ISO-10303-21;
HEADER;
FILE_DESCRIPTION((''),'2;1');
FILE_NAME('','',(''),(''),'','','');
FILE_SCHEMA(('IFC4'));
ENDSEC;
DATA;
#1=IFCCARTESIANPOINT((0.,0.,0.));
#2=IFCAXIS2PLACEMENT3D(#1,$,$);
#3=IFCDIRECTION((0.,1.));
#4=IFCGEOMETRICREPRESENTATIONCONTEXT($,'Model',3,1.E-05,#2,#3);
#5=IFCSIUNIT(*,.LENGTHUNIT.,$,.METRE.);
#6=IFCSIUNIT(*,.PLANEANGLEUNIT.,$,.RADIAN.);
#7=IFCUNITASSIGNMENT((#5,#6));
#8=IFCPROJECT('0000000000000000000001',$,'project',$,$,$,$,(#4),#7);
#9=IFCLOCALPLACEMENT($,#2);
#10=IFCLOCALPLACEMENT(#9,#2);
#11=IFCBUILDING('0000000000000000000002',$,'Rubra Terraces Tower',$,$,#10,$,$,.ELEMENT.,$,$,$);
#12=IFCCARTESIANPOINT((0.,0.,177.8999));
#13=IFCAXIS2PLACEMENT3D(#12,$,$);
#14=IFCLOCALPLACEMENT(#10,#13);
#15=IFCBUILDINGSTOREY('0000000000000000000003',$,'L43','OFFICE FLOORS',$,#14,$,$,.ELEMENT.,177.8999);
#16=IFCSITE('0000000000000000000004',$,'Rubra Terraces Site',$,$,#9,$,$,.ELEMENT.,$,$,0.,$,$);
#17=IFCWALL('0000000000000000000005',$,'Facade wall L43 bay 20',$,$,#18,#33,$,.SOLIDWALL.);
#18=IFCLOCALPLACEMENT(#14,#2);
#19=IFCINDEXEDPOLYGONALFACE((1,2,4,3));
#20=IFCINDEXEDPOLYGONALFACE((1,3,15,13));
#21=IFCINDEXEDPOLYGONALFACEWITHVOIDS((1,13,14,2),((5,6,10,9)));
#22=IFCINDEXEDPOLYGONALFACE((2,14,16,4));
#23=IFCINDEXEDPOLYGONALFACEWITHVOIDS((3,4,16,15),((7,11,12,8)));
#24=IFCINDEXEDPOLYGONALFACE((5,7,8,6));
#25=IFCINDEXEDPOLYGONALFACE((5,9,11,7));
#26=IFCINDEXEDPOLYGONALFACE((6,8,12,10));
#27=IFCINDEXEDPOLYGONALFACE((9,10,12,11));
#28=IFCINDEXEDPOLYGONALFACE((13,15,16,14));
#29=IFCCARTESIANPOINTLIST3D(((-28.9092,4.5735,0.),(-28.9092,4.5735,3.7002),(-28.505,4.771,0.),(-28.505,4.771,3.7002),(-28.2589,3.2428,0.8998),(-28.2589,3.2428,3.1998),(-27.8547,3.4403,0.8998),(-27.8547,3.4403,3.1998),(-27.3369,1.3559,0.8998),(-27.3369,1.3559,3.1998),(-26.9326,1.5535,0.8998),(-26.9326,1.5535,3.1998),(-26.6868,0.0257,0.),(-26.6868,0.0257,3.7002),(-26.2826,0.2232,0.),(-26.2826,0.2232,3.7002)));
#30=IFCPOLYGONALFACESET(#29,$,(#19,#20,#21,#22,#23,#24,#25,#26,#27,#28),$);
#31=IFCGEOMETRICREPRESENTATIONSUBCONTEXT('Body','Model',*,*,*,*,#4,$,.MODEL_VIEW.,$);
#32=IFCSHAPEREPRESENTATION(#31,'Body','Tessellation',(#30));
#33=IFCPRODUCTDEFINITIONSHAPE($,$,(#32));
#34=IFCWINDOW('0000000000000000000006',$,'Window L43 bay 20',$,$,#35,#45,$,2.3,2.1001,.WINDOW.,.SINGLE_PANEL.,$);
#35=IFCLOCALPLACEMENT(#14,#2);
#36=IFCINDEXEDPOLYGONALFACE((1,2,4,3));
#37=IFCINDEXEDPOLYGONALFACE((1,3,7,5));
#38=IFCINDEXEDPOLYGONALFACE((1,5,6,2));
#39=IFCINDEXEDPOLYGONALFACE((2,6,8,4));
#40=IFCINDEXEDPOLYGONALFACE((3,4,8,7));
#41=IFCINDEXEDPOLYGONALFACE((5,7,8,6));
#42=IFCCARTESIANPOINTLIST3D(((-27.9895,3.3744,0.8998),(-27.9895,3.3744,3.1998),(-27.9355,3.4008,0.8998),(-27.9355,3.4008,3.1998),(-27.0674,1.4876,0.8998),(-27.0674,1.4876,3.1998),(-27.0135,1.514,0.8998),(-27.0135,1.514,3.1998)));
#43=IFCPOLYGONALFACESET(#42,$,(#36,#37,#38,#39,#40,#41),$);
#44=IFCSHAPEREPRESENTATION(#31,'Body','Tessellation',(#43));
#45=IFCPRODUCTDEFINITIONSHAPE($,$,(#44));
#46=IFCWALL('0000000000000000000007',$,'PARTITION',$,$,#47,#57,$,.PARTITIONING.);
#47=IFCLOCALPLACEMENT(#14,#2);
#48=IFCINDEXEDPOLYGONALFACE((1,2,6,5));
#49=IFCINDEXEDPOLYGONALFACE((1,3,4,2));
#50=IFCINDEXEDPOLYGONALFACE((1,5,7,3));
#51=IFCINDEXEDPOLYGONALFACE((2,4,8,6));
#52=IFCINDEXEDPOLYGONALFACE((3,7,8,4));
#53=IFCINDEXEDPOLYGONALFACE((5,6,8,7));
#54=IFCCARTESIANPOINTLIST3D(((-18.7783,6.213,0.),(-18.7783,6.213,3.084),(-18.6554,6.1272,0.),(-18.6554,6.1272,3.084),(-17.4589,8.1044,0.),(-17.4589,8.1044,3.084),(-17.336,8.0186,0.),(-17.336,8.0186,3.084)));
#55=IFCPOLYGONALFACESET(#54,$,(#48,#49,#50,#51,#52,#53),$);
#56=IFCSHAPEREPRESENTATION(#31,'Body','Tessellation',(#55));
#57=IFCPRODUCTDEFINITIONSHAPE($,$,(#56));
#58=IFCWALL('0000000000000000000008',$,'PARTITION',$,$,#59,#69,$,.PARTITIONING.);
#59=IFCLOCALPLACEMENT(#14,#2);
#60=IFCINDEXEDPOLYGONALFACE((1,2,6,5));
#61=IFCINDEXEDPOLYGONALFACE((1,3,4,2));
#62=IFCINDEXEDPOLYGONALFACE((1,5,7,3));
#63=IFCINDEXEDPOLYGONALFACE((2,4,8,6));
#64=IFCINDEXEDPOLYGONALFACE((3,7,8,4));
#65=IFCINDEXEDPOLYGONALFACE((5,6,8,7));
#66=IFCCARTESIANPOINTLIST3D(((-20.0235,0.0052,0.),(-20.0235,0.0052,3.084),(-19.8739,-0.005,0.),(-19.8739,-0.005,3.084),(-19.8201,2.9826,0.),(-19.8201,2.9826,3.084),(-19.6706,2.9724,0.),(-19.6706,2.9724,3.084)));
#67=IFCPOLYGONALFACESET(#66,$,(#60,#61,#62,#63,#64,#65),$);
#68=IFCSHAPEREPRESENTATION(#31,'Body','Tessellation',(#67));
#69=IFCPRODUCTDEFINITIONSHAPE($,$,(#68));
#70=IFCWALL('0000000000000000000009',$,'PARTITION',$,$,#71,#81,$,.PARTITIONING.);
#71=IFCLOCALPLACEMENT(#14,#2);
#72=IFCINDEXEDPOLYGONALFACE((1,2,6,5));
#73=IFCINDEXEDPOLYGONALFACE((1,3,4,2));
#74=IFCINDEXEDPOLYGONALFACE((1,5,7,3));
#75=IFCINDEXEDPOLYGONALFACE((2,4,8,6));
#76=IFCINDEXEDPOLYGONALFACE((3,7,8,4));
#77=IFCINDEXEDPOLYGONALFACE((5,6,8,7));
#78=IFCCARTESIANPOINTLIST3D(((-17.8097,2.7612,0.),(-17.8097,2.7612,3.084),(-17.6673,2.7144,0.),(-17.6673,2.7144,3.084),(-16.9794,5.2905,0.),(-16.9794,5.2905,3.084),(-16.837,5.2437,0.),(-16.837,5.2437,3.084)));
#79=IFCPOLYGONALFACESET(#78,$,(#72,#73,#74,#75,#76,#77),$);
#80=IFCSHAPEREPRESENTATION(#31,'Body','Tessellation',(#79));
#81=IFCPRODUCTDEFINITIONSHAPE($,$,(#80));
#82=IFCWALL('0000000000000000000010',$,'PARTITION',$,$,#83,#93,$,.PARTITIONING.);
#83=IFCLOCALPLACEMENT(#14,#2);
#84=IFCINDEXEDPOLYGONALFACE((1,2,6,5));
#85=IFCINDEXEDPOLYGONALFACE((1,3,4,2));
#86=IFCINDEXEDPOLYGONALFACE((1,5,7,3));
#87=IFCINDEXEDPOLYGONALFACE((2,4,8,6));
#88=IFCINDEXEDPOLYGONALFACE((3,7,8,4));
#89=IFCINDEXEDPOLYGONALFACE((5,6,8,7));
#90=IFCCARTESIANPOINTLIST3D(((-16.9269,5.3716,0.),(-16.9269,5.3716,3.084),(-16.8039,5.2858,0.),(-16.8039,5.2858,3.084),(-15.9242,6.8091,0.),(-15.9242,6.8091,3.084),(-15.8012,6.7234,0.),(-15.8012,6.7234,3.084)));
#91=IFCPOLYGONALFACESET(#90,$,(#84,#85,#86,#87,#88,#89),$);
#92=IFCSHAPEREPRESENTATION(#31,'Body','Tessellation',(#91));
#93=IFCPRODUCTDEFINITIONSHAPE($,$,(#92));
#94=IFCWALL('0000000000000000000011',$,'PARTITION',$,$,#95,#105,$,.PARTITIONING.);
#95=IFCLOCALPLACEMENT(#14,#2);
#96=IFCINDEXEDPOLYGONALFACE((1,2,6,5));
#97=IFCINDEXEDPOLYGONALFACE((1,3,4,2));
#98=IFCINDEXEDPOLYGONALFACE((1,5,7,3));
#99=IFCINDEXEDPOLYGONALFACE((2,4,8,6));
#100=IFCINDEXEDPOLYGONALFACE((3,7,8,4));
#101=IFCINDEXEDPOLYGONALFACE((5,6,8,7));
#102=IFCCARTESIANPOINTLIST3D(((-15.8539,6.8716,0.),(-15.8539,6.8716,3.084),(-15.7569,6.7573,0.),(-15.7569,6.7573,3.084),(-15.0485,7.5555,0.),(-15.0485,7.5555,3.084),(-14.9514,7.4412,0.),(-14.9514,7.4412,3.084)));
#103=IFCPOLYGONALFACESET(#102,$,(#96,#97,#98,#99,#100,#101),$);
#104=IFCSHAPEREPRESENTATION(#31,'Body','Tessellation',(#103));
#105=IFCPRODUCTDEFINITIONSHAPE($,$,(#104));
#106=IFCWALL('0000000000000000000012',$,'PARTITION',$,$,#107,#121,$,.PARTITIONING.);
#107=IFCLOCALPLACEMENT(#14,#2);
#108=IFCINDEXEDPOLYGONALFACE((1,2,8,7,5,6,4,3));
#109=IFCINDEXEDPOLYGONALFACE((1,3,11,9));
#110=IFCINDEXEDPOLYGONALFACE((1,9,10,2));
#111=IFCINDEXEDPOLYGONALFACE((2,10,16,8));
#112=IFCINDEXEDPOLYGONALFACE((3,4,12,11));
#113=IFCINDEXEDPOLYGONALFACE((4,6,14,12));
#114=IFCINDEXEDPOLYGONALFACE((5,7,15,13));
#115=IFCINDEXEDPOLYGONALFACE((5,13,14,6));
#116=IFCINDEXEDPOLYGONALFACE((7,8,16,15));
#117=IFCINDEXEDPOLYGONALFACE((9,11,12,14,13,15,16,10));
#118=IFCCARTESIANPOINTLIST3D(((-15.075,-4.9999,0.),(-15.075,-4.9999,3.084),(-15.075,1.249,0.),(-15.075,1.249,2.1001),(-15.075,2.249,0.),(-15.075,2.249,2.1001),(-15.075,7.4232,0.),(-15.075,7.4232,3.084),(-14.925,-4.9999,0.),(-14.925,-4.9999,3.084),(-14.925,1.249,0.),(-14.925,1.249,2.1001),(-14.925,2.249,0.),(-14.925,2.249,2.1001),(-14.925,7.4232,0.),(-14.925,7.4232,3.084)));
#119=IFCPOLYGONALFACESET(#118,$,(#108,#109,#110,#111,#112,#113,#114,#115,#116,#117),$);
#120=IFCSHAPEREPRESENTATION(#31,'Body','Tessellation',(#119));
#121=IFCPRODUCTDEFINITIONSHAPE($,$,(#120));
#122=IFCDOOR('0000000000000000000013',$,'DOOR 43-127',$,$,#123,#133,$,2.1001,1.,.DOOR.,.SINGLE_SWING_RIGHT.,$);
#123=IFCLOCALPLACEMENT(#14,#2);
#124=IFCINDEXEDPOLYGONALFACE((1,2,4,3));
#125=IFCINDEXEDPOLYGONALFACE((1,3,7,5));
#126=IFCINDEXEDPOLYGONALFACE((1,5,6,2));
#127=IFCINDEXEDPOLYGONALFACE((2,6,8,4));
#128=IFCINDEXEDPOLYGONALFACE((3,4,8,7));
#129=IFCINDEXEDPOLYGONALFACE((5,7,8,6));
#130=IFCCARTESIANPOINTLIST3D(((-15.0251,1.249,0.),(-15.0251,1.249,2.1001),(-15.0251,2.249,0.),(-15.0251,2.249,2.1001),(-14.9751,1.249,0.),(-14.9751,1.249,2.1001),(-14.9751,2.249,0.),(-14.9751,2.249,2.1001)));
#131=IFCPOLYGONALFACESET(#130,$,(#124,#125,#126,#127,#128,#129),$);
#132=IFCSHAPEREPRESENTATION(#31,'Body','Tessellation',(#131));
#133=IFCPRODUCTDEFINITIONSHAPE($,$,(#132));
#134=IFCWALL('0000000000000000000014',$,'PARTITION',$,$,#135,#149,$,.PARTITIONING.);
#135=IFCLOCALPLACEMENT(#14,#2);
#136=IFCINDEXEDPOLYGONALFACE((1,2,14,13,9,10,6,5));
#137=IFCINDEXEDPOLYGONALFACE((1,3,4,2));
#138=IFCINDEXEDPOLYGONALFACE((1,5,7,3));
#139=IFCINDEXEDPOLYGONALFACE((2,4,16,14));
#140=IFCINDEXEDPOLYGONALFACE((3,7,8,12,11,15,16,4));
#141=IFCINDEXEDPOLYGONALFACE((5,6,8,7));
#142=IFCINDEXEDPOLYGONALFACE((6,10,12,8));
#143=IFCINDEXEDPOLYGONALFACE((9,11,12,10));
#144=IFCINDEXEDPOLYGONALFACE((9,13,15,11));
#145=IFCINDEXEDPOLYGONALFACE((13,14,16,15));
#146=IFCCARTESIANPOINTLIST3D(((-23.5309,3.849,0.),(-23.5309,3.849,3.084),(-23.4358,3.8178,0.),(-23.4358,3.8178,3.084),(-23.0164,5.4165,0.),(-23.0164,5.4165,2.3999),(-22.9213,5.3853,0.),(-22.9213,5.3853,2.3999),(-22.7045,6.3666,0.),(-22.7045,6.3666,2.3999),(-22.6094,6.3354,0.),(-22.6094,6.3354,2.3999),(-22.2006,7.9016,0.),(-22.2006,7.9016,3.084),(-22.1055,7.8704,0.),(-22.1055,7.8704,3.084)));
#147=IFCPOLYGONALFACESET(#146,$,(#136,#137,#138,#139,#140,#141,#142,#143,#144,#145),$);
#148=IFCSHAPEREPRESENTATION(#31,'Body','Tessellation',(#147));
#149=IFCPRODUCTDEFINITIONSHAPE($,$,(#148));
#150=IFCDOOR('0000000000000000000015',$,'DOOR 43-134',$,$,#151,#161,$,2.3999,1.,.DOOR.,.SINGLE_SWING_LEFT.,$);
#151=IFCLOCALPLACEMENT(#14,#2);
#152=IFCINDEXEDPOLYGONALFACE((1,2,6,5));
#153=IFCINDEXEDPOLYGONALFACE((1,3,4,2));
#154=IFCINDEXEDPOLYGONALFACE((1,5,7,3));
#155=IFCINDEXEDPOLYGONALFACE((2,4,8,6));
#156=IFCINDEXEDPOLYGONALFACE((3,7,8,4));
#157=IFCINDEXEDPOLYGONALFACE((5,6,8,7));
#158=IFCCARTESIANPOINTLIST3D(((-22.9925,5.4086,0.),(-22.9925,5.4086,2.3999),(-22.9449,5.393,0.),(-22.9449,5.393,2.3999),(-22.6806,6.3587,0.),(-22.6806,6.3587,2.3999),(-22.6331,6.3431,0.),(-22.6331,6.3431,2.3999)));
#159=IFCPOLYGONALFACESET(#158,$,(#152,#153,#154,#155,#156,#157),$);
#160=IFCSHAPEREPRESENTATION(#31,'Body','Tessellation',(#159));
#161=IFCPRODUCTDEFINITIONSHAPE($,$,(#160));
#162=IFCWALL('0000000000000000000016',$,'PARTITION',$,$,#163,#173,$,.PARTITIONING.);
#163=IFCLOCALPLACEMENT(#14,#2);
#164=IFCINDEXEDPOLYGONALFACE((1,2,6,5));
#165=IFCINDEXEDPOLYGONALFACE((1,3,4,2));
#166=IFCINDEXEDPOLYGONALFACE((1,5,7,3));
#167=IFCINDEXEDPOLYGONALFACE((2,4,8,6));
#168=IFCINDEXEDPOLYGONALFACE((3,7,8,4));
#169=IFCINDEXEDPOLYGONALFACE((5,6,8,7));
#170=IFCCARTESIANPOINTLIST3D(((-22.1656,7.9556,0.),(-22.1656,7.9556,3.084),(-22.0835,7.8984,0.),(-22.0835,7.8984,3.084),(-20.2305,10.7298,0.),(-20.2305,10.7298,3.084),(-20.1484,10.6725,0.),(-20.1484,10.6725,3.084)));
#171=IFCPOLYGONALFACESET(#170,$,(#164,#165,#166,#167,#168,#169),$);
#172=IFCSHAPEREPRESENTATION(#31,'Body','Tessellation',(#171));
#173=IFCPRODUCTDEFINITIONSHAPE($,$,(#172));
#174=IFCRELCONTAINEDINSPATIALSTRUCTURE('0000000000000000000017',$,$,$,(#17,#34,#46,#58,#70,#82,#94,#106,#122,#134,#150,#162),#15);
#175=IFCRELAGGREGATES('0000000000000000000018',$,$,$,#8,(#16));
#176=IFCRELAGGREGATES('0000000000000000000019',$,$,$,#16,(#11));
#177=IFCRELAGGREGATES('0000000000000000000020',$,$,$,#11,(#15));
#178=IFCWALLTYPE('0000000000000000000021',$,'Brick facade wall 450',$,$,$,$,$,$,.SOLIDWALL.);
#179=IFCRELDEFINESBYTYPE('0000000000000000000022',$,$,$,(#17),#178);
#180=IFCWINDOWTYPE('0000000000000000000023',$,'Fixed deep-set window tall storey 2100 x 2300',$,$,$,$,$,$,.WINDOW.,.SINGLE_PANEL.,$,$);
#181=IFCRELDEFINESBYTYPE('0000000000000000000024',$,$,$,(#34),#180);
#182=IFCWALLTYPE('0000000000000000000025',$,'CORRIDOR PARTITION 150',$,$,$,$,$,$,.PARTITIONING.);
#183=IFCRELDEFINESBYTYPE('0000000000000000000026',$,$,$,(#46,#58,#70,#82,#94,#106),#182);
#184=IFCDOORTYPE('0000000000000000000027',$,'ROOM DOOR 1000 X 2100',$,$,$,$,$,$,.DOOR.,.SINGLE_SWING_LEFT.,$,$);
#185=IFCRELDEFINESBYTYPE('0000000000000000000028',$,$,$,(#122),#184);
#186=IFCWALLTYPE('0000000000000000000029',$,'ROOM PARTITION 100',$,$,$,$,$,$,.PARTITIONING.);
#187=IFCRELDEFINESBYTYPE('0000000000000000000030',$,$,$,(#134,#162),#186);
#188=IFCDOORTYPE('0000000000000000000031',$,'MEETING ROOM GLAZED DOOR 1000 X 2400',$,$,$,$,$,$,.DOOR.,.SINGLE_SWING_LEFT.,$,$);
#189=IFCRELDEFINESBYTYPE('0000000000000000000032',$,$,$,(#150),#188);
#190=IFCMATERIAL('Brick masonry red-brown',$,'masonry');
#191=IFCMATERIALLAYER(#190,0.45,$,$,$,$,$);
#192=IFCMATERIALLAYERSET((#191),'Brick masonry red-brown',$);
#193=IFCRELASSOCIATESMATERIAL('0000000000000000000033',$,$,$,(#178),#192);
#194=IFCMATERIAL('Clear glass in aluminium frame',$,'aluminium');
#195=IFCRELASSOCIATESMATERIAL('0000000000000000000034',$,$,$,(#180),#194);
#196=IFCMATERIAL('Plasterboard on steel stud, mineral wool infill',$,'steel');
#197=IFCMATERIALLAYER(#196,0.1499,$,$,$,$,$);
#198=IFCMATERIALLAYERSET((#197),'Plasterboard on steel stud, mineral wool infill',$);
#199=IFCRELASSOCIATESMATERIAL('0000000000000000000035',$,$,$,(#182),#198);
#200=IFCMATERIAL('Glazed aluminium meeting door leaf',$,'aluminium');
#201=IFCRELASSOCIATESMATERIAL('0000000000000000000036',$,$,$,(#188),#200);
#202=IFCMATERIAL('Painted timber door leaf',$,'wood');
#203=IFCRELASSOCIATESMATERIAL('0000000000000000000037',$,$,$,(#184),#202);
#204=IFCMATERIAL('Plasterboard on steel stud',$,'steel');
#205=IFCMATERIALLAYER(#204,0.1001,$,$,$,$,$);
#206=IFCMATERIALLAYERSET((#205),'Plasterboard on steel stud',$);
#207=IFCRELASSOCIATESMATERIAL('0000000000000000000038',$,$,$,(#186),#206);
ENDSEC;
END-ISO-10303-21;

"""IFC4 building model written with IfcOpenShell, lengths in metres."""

from ifc_helpers import new_model, si_unit, direction, frame, frame_2d, origin, place, context, subcontext, project, spatial, rectangle, extrude, material, layer, layer_set, type_object, element, fill, save


model = new_model("IFC4")

# Units and contexts
model_context = context("Model", 3, precision=1e-05, world=origin(), true_north=direction((0.0, 1.0)))
body_context = subcontext(model_context, "Body", "Model", "MODEL_VIEW")
ifc_project = project(units=[si_unit("LENGTHUNIT", "METRE"), si_unit("PLANEANGLEUNIT", "RADIAN")], contexts=[model_context])

# Site, building, storey
site_placement = place(None, origin())
site = spatial("IfcSite", under=ifc_project, at=site_placement, Name="Rubra Terraces Site", CompositionType="ELEMENT", RefElevation=0.0)
building_placement = place(site_placement, origin())
building = spatial("IfcBuilding", under=site, at=building_placement, Name="Rubra Terraces Tower", CompositionType="ELEMENT")
storey_placement = place(building_placement, frame((0.0, 0.0, 177.8999)))
storey = spatial("IfcBuildingStorey", under=building, at=storey_placement, Name="L43", Description="OFFICE FLOORS", CompositionType="ELEMENT", Elevation=177.8999)

# Wall, opening, window
ifc_material_1 = material(Name="Brick masonry red-brown", Category="masonry")
ifc_layer_1 = layer(ifc_material_1, 0.45)
ifc_layer_set_1 = layer_set([ifc_layer_1], Name="Brick masonry red-brown")
wall_type_1 = type_object("IfcWallType", Name="Brick facade wall 450", PredefinedType="SOLIDWALL", material=ifc_layer_set_1)
wall_1_placement = place(storey_placement, frame((-28.707, 4.6721, 0.0), z_axis=(0.0, 0.0, 1.0), x_axis=(0.439054, -0.898461, 0.0)))
wall_1 = element("IfcWall", 1, at=wall_1_placement, inside=storey, type_object=wall_type_1, Name="Facade wall L43 bay 20", PredefinedType="SOLIDWALL", context=body_context, shape_type="SweptSolid", body=[
    extrude(rectangle(XDim=5.0618, YDim=0.45, at=frame_2d((2.5308, 0.0))), origin(), (0.0, 0.0, 1.0), 3.7002),
])
opening_1_placement = place(wall_1_placement, frame((1.481, 0.0, 0.8999)))
opening_1 = element("IfcOpeningElement", 2, at=opening_1_placement, cuts=wall_1, PredefinedType="OPENING", context=body_context, shape_type="SweptSolid", body=[
    extrude(rectangle(XDim=2.1001, YDim=2.3, at=frame_2d((1.05, 1.1499))), frame((0.0, 0.2349, 0.0), z_axis=(0.0, -1.0, 0.0), x_axis=(1.0, 0.0, 0.0)), (0.0, 0.0, 1.0), 0.47),
])
ifc_material_2 = material(Name="Clear glass in aluminium frame", Category="aluminium")
window_type = type_object("IfcWindowType", Name="Fixed deep-set window tall storey 2100 x 2300", PartitioningType="SINGLE_PANEL", PredefinedType="WINDOW", material=ifc_material_2)
window_placement = place(opening_1_placement, origin())
window = element("IfcWindow", 3, at=window_placement, inside=storey, type_object=window_type, Name="Window L43 bay 20", OverallHeight=2.3, OverallWidth=2.1001, PartitioningType="SINGLE_PANEL", PredefinedType="WINDOW", context=body_context, shape_type="SweptSolid", body=[
    extrude(rectangle(XDim=2.1001, YDim=2.3, at=frame_2d((1.05, 1.1499))), frame((0.0, 0.135, 0.0), z_axis=(0.0, -1.0, 0.0), x_axis=(1.0, 0.0, 0.0)), (0.0, 0.0, 1.0), 0.0601),
])
fill(opening_1, window)

# Wall
ifc_material_3 = material(Name="Plasterboard on steel stud, mineral wool infill", Category="steel")
ifc_layer_2 = layer(ifc_material_3, 0.1499)
ifc_layer_set_2 = layer_set([ifc_layer_2], Name="Plasterboard on steel stud, mineral wool infill")
wall_type_2 = type_object("IfcWallType", Name="CORRIDOR PARTITION 150", PredefinedType="PARTITIONING", material=ifc_layer_set_2)
wall_2_placement = place(storey_placement, frame((-17.3975, 8.0615, 0.0), z_axis=(0.0, 0.0, 1.0), x_axis=(-0.572119, -0.820171, 0.0)))
element("IfcWall", 4, at=wall_2_placement, inside=storey, type_object=wall_type_2, Name="PARTITION", PredefinedType="PARTITIONING", context=body_context, shape_type="SweptSolid", body=[
    extrude(rectangle(XDim=2.3062, YDim=0.1499, at=frame_2d((1.1531, 0.0))), origin(), (0.0, 0.0, 1.0), 3.084),
])

# Shared definitions
ifc_material_4 = material(Name="Glazed aluminium meeting door leaf", Category="aluminium")
door_type_1 = type_object("IfcDoorType", Name="MEETING ROOM GLAZED DOOR 1000 X 2400", OperationType="SINGLE_SWING_LEFT", PredefinedType="DOOR", material=ifc_material_4)

# Walls
wall_3_placement = place(storey_placement, frame((-19.7454, 2.9775, 0.0), z_axis=(0.0, 0.0, 1.0), x_axis=(-0.068142, -0.997676, 0.0)))
element("IfcWall", 5, at=wall_3_placement, inside=storey, type_object=wall_type_2, Name="PARTITION", PredefinedType="PARTITIONING", context=body_context, shape_type="SweptSolid", body=[
    extrude(rectangle(XDim=2.9844, YDim=0.1499, at=frame_2d((1.4922, 0.0))), origin(), (0.0, 0.0, 1.0), 3.084),
])
wall_4_placement = place(storey_placement, frame((-17.7385, 2.7378, 0.0), z_axis=(0.0, 0.0, 1.0), x_axis=(0.311905, 0.950113, 0.0)))
element("IfcWall", 6, at=wall_4_placement, inside=storey, type_object=wall_type_2, Name="PARTITION", PredefinedType="PARTITIONING", context=body_context, shape_type="SweptSolid", body=[
    extrude(rectangle(XDim=2.6621, YDim=0.1499, at=frame_2d((1.3311, 0.0))), origin(), (0.0, 0.0, 1.0), 3.084),
])
wall_5_placement = place(storey_placement, frame((-16.8655, 5.3286, 0.0), z_axis=(0.0, 0.0, 1.0), x_axis=(0.572097, 0.820186, 0.0)))
element("IfcWall", 7, at=wall_5_placement, inside=storey, type_object=wall_type_2, Name="PARTITION", PredefinedType="PARTITIONING", context=body_context, shape_type="SweptSolid", body=[
    extrude(rectangle(XDim=1.7527, YDim=0.1499, at=frame_2d((0.8765, 0.0))), origin(), (0.0, 0.0, 1.0), 3.084),
])
wall_6_placement = place(storey_placement, frame((-15.8054, 6.8145, 0.0), z_axis=(0.0, 0.0, 1.0), x_axis=(0.762298, 0.647226, 0.0)))
element("IfcWall", 8, at=wall_6_placement, inside=storey, type_object=wall_type_2, Name="PARTITION", PredefinedType="PARTITIONING", context=body_context, shape_type="SweptSolid", body=[
    extrude(rectangle(XDim=1.0566, YDim=0.1499, at=frame_2d((0.5283, 0.0))), origin(), (0.0, 0.0, 1.0), 3.084),
])

# Walls, openings, doors
wall_7_placement = place(storey_placement, frame((-15.0, 7.4231, 0.0), z_axis=(0.0, 0.0, 1.0), x_axis=(0.0, -1.0, 0.0)))
wall_7 = element("IfcWall", 9, at=wall_7_placement, inside=storey, type_object=wall_type_2, Name="PARTITION", PredefinedType="PARTITIONING", context=body_context, shape_type="SweptSolid", body=[
    extrude(rectangle(XDim=12.4231, YDim=0.1499, at=frame_2d((6.2114, 0.0))), origin(), (0.0, 0.0, 1.0), 3.084),
])
opening_2_placement = place(wall_7_placement, frame((5.1741, 0.0, 0.0)))
opening_2 = element("IfcOpeningElement", 10, at=opening_2_placement, cuts=wall_7, PredefinedType="OPENING", context=body_context, shape_type="SweptSolid", body=[
    extrude(rectangle(XDim=1.0, YDim=2.1001, at=frame_2d((0.5, 1.05))), frame((0.0, 0.085, 0.0), z_axis=(0.0, -1.0, 0.0), x_axis=(1.0, 0.0, 0.0)), (0.0, 0.0, 1.0), 0.1699),
])
ifc_material_5 = material(Name="Painted timber door leaf", Category="wood")
door_type_2 = type_object("IfcDoorType", Name="ROOM DOOR 1000 X 2100", OperationType="SINGLE_SWING_LEFT", PredefinedType="DOOR", material=ifc_material_5)
door_1_placement = place(opening_2_placement, origin())
door_1 = element("IfcDoor", 11, at=door_1_placement, inside=storey, type_object=door_type_2, Name="DOOR 43-127", OperationType="SINGLE_SWING_RIGHT", OverallHeight=2.1001, OverallWidth=1.0, PredefinedType="DOOR", context=body_context, shape_type="SweptSolid", body=[
    extrude(rectangle(XDim=1.0, YDim=2.1001, at=frame_2d((0.5, 1.05))), frame((0.0, 0.0249, 0.0), z_axis=(0.0, -1.0, 0.0), x_axis=(1.0, 0.0, 0.0)), (0.0, 0.0, 1.0), 0.05),
])
fill(opening_2, door_1)
ifc_material_6 = material(Name="Plasterboard on steel stud", Category="steel")
ifc_layer_3 = layer(ifc_material_6, 0.1001)
ifc_layer_set_3 = layer_set([ifc_layer_3], Name="Plasterboard on steel stud")
wall_type_3 = type_object("IfcWallType", Name="ROOM PARTITION 100", PredefinedType="PARTITIONING", material=ifc_layer_set_3)
wall_8_placement = place(storey_placement, frame((-23.4834, 3.8333, 0.0), z_axis=(0.0, 0.0, 1.0), x_axis=(0.31188, 0.950121, 0.0)))
wall_8 = element("IfcWall", 12, at=wall_8_placement, inside=storey, type_object=wall_type_3, Name="PARTITION", PredefinedType="PARTITIONING", context=body_context, shape_type="SweptSolid", body=[
    extrude(rectangle(XDim=4.2654, YDim=0.1001, at=frame_2d((2.1328, 0.0))), origin(), (0.0, 0.0, 1.0), 3.084),
])
opening_3_placement = place(wall_8_placement, frame((1.6499, 0.0, 0.0)))
opening_3 = element("IfcOpeningElement", 13, at=opening_3_placement, cuts=wall_8, PredefinedType="OPENING", context=body_context, shape_type="SweptSolid", body=[
    extrude(rectangle(XDim=1.0, YDim=2.3999, at=frame_2d((0.5, 1.2))), frame((0.0, 0.0601, 0.0), z_axis=(0.0, -1.0, 0.0), x_axis=(1.0, 0.0, 0.0)), (0.0, 0.0, 1.0), 0.1201),
])
door_2_placement = place(opening_3_placement, origin())
door_2 = element("IfcDoor", 14, at=door_2_placement, inside=storey, type_object=door_type_1, Name="DOOR 43-134", OperationType="SINGLE_SWING_LEFT", OverallHeight=2.3999, OverallWidth=1.0, PredefinedType="DOOR", context=body_context, shape_type="SweptSolid", body=[
    extrude(rectangle(XDim=1.0, YDim=2.3999, at=frame_2d((0.5, 1.2))), frame((0.0, 0.0249, 0.0), z_axis=(0.0, -1.0, 0.0), x_axis=(1.0, 0.0, 0.0)), (0.0, 0.0, 1.0), 0.05),
])
fill(opening_3, door_2)

# Wall
wall_9_placement = place(storey_placement, frame((-22.1245, 7.927, 0.0), z_axis=(0.0, 0.0, 1.0), x_axis=(0.5721, 0.820184, 0.0)))
element("IfcWall", 15, at=wall_9_placement, inside=storey, type_object=wall_type_3, Name="PARTITION", PredefinedType="PARTITIONING", context=body_context, shape_type="SweptSolid", body=[
    extrude(rectangle(XDim=3.3823, YDim=0.1001, at=frame_2d((1.6912, 0.0))), origin(), (0.0, 0.0, 1.0), 3.084),
])

save(model, "model.ifc")
